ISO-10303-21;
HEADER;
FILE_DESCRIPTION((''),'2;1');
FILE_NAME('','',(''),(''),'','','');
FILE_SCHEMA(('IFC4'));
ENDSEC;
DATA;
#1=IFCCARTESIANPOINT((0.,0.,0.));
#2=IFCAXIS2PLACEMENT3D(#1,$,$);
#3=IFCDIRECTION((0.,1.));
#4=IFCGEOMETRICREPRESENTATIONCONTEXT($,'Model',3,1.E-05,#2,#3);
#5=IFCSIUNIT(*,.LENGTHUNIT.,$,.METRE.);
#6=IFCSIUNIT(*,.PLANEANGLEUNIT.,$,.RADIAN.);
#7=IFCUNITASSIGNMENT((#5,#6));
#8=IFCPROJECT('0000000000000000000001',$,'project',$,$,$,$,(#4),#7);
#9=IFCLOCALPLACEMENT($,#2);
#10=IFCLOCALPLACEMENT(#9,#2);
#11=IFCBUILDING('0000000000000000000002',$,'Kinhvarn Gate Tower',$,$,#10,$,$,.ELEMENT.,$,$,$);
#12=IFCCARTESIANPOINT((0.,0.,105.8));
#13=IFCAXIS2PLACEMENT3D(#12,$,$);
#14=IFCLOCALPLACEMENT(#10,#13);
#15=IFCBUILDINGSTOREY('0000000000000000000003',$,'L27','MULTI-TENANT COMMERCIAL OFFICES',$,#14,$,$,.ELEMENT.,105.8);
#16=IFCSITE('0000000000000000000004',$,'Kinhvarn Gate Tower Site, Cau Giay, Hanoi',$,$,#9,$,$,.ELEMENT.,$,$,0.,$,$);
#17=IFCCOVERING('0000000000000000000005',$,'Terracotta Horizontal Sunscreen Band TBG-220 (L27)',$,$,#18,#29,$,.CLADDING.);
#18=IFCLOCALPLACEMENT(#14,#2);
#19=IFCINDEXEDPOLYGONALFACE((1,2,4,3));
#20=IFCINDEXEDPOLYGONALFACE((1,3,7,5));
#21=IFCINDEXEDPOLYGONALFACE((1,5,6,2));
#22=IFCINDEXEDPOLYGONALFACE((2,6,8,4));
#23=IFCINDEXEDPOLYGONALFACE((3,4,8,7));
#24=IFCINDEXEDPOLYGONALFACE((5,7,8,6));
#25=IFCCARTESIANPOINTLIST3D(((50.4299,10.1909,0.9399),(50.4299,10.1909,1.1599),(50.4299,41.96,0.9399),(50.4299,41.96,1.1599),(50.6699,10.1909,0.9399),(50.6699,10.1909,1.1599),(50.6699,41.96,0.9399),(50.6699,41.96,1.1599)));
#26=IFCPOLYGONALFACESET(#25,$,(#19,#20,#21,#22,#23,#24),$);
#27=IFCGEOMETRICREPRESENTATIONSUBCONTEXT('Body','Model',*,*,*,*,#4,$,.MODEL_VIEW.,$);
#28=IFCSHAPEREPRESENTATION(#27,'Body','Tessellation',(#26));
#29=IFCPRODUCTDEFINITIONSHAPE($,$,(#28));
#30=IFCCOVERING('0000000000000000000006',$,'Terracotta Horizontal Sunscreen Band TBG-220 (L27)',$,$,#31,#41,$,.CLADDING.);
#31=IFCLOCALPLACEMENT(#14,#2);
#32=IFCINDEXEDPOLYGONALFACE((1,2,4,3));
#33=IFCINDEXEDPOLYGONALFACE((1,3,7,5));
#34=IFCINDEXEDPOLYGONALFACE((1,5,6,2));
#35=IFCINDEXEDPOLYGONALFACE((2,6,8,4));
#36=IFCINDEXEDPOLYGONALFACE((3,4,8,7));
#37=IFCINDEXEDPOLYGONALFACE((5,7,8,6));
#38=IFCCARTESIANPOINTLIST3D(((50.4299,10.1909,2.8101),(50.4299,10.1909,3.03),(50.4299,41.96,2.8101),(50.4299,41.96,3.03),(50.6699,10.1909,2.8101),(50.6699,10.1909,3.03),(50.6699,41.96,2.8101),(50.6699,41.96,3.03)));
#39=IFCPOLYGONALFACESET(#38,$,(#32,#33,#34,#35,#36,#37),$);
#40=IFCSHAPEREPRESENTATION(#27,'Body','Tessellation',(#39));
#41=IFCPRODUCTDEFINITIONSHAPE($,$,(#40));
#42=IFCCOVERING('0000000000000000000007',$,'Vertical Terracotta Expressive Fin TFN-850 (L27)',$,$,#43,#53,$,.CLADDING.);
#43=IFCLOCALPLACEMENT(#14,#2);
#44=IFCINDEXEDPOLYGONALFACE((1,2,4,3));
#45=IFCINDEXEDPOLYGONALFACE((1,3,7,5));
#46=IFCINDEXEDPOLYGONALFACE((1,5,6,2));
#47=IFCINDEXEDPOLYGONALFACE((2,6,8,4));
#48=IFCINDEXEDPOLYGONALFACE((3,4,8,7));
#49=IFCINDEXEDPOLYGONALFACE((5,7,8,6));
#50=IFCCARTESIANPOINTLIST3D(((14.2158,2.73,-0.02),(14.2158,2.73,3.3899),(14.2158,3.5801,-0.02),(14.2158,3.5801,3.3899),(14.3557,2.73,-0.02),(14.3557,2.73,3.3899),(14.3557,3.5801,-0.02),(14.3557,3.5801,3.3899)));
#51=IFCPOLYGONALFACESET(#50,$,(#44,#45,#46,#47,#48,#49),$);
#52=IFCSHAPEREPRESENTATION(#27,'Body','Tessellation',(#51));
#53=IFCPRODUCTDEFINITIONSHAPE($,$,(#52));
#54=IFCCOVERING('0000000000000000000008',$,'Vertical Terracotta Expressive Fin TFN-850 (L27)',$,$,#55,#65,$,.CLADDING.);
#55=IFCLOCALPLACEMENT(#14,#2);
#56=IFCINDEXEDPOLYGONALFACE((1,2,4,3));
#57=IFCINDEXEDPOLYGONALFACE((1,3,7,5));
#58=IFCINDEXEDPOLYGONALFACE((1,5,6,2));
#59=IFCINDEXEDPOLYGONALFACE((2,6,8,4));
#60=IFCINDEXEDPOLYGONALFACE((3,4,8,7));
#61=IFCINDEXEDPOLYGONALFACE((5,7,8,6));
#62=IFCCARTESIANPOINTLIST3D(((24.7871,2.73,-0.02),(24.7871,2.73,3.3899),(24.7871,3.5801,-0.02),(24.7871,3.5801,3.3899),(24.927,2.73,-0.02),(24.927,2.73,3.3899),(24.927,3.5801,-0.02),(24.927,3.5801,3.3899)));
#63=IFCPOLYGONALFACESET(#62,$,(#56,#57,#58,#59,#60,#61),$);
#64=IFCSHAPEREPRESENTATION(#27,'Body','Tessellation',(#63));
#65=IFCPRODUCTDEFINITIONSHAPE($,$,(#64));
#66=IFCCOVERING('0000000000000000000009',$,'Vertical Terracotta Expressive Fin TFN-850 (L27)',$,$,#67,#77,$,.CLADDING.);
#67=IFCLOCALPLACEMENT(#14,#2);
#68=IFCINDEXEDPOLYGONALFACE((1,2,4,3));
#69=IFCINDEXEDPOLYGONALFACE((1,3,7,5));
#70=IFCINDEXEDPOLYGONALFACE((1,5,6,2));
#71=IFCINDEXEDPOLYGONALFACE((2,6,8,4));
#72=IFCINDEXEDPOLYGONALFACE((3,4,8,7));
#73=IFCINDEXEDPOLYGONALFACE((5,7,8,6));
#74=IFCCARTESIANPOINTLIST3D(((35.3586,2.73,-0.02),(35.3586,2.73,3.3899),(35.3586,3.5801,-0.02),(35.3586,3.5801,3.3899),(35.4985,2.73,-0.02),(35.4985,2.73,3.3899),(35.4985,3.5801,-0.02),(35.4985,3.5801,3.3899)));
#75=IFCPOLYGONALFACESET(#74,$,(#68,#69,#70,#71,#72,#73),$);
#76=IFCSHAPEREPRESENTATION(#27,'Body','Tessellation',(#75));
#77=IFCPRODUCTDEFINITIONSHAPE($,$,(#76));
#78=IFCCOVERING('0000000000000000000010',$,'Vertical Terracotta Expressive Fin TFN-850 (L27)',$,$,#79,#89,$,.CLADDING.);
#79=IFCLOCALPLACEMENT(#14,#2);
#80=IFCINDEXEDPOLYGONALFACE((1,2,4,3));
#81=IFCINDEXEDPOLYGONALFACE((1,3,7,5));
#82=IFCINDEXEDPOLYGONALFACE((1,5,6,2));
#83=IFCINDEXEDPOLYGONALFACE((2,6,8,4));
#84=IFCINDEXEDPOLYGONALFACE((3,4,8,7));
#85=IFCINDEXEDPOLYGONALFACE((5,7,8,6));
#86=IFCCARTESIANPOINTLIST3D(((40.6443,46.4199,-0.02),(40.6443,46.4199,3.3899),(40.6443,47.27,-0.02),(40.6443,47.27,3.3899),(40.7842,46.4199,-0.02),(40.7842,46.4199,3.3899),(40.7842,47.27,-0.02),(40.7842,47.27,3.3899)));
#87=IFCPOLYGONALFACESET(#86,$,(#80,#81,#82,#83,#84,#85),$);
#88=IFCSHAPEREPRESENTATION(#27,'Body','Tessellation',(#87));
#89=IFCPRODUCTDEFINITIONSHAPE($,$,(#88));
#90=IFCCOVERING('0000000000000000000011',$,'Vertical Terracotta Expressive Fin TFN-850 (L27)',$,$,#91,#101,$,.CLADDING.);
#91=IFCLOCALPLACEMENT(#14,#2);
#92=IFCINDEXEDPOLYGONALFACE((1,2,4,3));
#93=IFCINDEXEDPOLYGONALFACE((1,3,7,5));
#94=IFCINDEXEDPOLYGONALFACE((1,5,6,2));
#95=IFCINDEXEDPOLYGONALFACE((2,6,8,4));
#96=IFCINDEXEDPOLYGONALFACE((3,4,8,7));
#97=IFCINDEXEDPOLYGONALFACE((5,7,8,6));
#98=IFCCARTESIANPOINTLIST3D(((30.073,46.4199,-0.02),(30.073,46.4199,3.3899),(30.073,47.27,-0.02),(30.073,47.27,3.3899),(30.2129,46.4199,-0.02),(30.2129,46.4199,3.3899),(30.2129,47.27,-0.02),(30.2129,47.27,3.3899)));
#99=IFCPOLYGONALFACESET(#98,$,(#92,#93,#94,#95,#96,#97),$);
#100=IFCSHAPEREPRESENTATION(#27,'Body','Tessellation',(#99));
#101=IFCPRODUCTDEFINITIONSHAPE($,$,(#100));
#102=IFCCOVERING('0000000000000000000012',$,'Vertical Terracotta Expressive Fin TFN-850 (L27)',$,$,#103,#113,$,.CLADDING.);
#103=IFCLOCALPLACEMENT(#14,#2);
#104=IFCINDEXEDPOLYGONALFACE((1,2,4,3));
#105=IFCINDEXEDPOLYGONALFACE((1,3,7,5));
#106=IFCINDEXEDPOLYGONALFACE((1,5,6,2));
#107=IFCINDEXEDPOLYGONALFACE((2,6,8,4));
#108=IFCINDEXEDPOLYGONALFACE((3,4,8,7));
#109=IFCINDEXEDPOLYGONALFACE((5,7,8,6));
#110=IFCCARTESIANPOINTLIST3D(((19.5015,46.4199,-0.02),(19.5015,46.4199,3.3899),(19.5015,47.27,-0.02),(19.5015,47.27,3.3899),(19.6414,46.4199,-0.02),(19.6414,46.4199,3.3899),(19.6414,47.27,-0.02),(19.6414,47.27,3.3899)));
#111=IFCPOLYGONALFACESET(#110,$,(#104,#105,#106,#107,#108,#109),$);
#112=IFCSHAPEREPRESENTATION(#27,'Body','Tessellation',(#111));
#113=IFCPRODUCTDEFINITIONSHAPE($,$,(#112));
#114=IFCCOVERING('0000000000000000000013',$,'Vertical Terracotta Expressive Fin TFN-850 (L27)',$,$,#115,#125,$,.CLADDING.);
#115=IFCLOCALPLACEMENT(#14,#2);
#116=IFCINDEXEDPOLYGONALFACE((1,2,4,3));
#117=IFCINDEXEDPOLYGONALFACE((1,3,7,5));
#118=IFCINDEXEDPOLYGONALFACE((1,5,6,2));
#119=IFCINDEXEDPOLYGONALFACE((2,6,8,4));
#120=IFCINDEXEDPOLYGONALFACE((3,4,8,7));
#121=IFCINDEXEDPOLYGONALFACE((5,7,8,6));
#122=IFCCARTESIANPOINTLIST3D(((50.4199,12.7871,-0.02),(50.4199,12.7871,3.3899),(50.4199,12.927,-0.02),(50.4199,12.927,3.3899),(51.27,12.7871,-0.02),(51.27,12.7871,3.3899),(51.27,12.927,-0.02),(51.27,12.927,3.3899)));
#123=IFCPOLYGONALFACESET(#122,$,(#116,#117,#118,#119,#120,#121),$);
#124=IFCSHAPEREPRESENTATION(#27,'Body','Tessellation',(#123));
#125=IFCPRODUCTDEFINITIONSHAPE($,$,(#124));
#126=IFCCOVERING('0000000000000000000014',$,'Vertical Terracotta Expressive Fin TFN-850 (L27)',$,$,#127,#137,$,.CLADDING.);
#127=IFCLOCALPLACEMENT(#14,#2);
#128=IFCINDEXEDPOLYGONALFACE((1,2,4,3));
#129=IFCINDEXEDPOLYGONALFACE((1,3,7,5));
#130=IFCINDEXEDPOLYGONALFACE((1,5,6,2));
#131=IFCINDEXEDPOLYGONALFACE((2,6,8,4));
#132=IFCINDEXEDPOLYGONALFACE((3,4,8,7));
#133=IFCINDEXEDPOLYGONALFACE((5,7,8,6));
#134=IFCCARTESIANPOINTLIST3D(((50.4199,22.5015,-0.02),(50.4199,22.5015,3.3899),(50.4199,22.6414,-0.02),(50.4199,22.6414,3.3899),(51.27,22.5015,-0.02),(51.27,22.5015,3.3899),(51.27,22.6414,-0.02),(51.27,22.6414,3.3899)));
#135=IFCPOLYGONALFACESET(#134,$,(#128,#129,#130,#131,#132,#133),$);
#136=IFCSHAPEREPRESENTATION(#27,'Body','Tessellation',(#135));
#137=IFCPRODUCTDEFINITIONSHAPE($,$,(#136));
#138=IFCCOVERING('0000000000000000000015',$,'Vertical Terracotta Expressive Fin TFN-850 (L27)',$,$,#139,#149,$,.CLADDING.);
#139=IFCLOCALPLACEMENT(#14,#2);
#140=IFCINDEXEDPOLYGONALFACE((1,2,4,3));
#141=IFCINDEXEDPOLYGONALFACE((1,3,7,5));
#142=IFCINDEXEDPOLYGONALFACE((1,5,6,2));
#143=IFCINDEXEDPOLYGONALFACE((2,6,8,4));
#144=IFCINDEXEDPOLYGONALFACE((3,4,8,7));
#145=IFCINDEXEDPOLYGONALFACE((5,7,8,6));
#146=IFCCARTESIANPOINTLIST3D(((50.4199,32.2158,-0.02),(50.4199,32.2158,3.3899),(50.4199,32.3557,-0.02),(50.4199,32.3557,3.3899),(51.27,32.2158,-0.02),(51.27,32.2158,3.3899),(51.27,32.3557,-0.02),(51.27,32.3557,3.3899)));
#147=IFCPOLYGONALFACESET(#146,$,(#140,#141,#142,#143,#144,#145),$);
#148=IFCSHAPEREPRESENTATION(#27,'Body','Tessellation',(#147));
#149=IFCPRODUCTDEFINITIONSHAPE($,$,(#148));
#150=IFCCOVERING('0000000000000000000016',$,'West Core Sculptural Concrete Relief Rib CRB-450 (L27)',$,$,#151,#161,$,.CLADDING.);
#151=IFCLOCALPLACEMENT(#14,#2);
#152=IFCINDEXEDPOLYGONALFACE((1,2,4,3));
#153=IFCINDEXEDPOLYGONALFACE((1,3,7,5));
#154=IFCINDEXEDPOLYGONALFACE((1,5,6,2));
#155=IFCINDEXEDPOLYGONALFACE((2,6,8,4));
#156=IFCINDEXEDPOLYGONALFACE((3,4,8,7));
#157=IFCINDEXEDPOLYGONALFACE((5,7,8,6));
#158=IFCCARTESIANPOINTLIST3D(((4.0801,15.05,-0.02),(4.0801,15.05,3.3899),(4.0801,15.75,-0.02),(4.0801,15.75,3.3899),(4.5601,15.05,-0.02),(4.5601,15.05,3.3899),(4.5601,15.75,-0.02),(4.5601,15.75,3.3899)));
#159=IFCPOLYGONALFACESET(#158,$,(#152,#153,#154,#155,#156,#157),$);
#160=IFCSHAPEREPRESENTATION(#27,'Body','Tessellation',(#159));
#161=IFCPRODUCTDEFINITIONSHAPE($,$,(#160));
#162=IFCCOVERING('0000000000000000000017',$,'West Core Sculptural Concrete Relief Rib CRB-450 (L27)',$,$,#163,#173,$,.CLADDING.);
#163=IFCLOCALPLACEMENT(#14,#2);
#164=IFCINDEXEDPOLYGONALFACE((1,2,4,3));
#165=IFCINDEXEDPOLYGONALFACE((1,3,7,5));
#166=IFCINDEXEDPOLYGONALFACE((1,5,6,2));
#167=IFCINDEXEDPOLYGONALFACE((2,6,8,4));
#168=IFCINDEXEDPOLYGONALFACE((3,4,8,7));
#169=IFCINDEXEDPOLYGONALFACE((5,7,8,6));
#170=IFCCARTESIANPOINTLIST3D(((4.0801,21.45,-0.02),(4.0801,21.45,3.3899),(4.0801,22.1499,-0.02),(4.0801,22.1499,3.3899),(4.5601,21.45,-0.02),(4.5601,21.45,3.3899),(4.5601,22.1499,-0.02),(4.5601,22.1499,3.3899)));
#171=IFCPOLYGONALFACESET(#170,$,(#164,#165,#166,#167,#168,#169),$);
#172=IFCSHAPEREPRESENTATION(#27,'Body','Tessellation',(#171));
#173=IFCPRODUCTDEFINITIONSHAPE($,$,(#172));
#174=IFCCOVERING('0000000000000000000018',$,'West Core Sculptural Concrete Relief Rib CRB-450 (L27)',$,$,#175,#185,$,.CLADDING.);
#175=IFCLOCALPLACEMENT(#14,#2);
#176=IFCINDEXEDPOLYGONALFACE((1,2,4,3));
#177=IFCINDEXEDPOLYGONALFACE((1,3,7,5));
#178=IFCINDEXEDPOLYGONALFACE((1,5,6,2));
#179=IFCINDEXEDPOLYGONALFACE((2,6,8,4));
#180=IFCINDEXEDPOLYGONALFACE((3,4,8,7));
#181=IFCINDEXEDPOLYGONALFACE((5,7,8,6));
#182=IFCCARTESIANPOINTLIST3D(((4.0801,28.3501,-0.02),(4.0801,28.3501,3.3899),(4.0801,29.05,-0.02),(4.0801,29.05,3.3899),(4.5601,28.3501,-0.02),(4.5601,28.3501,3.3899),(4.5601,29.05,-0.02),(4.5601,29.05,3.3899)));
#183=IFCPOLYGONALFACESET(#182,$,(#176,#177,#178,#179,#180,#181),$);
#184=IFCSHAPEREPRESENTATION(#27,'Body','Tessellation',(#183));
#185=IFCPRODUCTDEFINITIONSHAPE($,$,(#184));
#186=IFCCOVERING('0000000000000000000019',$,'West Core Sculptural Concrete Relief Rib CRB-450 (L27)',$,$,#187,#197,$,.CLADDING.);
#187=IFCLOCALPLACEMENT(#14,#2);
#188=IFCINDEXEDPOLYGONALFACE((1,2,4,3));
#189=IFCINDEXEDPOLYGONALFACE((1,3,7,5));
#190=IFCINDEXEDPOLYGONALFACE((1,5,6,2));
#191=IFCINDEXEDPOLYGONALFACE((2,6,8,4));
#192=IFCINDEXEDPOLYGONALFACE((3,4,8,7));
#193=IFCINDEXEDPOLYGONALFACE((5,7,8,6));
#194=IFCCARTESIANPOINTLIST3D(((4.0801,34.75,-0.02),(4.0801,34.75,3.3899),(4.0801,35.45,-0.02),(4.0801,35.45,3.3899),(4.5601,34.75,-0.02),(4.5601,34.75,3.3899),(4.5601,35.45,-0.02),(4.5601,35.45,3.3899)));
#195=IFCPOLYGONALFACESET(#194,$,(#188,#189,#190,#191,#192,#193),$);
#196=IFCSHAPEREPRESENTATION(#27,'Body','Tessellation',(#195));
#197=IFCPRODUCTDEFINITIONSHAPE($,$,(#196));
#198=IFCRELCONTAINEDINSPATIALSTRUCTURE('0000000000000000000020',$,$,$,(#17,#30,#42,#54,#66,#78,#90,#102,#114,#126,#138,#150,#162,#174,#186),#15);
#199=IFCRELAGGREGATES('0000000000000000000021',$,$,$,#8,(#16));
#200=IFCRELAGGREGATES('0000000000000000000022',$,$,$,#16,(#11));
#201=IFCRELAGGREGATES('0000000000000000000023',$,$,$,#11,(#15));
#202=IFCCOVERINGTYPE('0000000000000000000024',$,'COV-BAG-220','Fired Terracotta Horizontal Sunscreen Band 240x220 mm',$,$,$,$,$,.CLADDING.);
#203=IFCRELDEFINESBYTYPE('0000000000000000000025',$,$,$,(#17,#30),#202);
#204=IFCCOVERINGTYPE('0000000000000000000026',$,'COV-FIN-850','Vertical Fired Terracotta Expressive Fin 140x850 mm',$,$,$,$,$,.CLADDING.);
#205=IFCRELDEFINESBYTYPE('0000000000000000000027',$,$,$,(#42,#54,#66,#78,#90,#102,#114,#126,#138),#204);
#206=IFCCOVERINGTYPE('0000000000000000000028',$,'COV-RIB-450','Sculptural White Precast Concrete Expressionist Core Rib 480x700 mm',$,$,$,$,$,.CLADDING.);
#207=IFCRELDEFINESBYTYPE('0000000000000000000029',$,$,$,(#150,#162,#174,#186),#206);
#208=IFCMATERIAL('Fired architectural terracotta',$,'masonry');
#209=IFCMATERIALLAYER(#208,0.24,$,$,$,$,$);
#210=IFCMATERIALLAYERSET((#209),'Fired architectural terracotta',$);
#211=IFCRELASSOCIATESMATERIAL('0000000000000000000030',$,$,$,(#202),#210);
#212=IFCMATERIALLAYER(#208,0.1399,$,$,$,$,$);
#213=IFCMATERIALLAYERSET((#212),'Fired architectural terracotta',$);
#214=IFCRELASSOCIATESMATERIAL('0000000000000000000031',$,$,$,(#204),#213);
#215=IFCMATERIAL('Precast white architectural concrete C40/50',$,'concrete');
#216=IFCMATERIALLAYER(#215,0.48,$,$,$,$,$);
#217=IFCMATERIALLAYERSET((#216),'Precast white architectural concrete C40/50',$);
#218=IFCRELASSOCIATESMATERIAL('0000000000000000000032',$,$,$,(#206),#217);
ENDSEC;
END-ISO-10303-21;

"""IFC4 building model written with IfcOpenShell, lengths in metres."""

from ifc_helpers import new_model, si_unit, direction, frame, origin, place, context, subcontext, project, spatial, polyline, outline, extrude, material, layer, layer_set, type_object, element, save


model = new_model("IFC4")

# Units and contexts
model_context = context("Model", 3, precision=1e-05, world=origin(), true_north=direction((0.0, 1.0)))
body_context = subcontext(model_context, "Body", "Model", "MODEL_VIEW")
ifc_project = project(units=[si_unit("LENGTHUNIT", "METRE"), si_unit("PLANEANGLEUNIT", "RADIAN")], contexts=[model_context])

# Site, building, storey
site_placement = place(None, origin())
site = spatial("IfcSite", under=ifc_project, at=site_placement, Name="Kinhvarn Gate Tower Site, Cau Giay, Hanoi", CompositionType="ELEMENT", RefElevation=0.0)
building_placement = place(site_placement, origin())
building = spatial("IfcBuilding", under=site, at=building_placement, Name="Kinhvarn Gate Tower", CompositionType="ELEMENT")
storey_placement = place(building_placement, frame((0.0, 0.0, 105.8)))
storey = spatial("IfcBuildingStorey", under=building, at=storey_placement, Name="L27", Description="MULTI-TENANT COMMERCIAL OFFICES", CompositionType="ELEMENT", Elevation=105.8)

# Shared definitions
ifc_material_1 = material(Name="Precast white architectural concrete C40/50", Category="concrete")

# Coverings
ifc_material_2 = material(Name="Fired architectural terracotta", Category="masonry")
ifc_layer_1 = layer(ifc_material_2, 0.24)
ifc_layer_set_1 = layer_set([ifc_layer_1], Name="Fired architectural terracotta")
covering_type_1 = type_object("IfcCoveringType", Name="COV-BAG-220", Description="Fired Terracotta Horizontal Sunscreen Band 240x220 mm", PredefinedType="CLADDING", material=ifc_layer_set_1)
for number, where, name in (
    (1, (0.0, 0.0, 0.9399), "Terracotta Horizontal Sunscreen Band TBG-220 (L27)"),
    (2, (0.0, 0.0, 2.8101), "Terracotta Horizontal Sunscreen Band TBG-220 (L27)"),
):
    element("IfcCovering", number, at=place(storey_placement, frame(where)), inside=storey, type_object=covering_type_1, Name=name, PredefinedType="CLADDING", context=body_context, shape_type="SweptSolid", body=[
        extrude(outline(polyline([(50.4299, 10.1909), (50.4299, 41.96), (50.6699, 41.96), (50.6699, 10.1909), (50.4299, 10.1909)])), origin(), (0.0, 0.0, 1.0), 0.22),
    ])
ifc_layer_2 = layer(ifc_material_2, 0.1399)
ifc_layer_set_2 = layer_set([ifc_layer_2], Name="Fired architectural terracotta")
covering_type_2 = type_object("IfcCoveringType", Name="COV-FIN-850", Description="Vertical Fired Terracotta Expressive Fin 140x850 mm", PredefinedType="CLADDING", material=ifc_layer_set_2)
covering_1_placement = place(storey_placement, frame((0.0, 0.0, -0.02)))
element("IfcCovering", 3, at=covering_1_placement, inside=storey, type_object=covering_type_2, Name="Vertical Terracotta Expressive Fin TFN-850 (L27)", PredefinedType="CLADDING", context=body_context, shape_type="SweptSolid", body=[
    extrude(outline(polyline([(14.2158, 3.5801), (14.3557, 3.5801), (14.3557, 2.73), (14.2158, 2.73), (14.2158, 3.5801)])), origin(), (0.0, 0.0, 1.0), 3.4099),
])
covering_2_placement = place(storey_placement, frame((0.0, 0.0, -0.02)))
element("IfcCovering", 4, at=covering_2_placement, inside=storey, type_object=covering_type_2, Name="Vertical Terracotta Expressive Fin TFN-850 (L27)", PredefinedType="CLADDING", context=body_context, shape_type="SweptSolid", body=[
    extrude(outline(polyline([(24.7871, 3.5801), (24.927, 3.5801), (24.927, 2.73), (24.7871, 2.73), (24.7871, 3.5801)])), origin(), (0.0, 0.0, 1.0), 3.4099),
])
covering_3_placement = place(storey_placement, frame((0.0, 0.0, -0.02)))
element("IfcCovering", 5, at=covering_3_placement, inside=storey, type_object=covering_type_2, Name="Vertical Terracotta Expressive Fin TFN-850 (L27)", PredefinedType="CLADDING", context=body_context, shape_type="SweptSolid", body=[
    extrude(outline(polyline([(35.3586, 3.5801), (35.4985, 3.5801), (35.4985, 2.73), (35.3586, 2.73), (35.3586, 3.5801)])), origin(), (0.0, 0.0, 1.0), 3.4099),
])
covering_4_placement = place(storey_placement, frame((0.0, 0.0, -0.02)))
element("IfcCovering", 6, at=covering_4_placement, inside=storey, type_object=covering_type_2, Name="Vertical Terracotta Expressive Fin TFN-850 (L27)", PredefinedType="CLADDING", context=body_context, shape_type="SweptSolid", body=[
    extrude(outline(polyline([(40.7842, 46.4199), (40.6443, 46.4199), (40.6443, 47.27), (40.7842, 47.27), (40.7842, 46.4199)])), origin(), (0.0, 0.0, 1.0), 3.4099),
])
covering_5_placement = place(storey_placement, frame((0.0, 0.0, -0.02)))
element("IfcCovering", 7, at=covering_5_placement, inside=storey, type_object=covering_type_2, Name="Vertical Terracotta Expressive Fin TFN-850 (L27)", PredefinedType="CLADDING", context=body_context, shape_type="SweptSolid", body=[
    extrude(outline(polyline([(30.2129, 46.4199), (30.073, 46.4199), (30.073, 47.27), (30.2129, 47.27), (30.2129, 46.4199)])), origin(), (0.0, 0.0, 1.0), 3.4099),
])
covering_6_placement = place(storey_placement, frame((0.0, 0.0, -0.02)))
element("IfcCovering", 8, at=covering_6_placement, inside=storey, type_object=covering_type_2, Name="Vertical Terracotta Expressive Fin TFN-850 (L27)", PredefinedType="CLADDING", context=body_context, shape_type="SweptSolid", body=[
    extrude(outline(polyline([(19.6414, 46.4199), (19.5015, 46.4199), (19.5015, 47.27), (19.6414, 47.27), (19.6414, 46.4199)])), origin(), (0.0, 0.0, 1.0), 3.4099),
])
covering_7_placement = place(storey_placement, frame((0.0, 0.0, -0.02)))
element("IfcCovering", 9, at=covering_7_placement, inside=storey, type_object=covering_type_2, Name="Vertical Terracotta Expressive Fin TFN-850 (L27)", PredefinedType="CLADDING", context=body_context, shape_type="SweptSolid", body=[
    extrude(outline(polyline([(50.4199, 12.7871), (50.4199, 12.927), (51.27, 12.927), (51.27, 12.7871), (50.4199, 12.7871)])), origin(), (0.0, 0.0, 1.0), 3.4099),
])
covering_8_placement = place(storey_placement, frame((0.0, 0.0, -0.02)))
element("IfcCovering", 10, at=covering_8_placement, inside=storey, type_object=covering_type_2, Name="Vertical Terracotta Expressive Fin TFN-850 (L27)", PredefinedType="CLADDING", context=body_context, shape_type="SweptSolid", body=[
    extrude(outline(polyline([(50.4199, 22.5015), (50.4199, 22.6414), (51.27, 22.6414), (51.27, 22.5015), (50.4199, 22.5015)])), origin(), (0.0, 0.0, 1.0), 3.4099),
])
covering_9_placement = place(storey_placement, frame((0.0, 0.0, -0.02)))
element("IfcCovering", 11, at=covering_9_placement, inside=storey, type_object=covering_type_2, Name="Vertical Terracotta Expressive Fin TFN-850 (L27)", PredefinedType="CLADDING", context=body_context, shape_type="SweptSolid", body=[
    extrude(outline(polyline([(50.4199, 32.2158), (50.4199, 32.3557), (51.27, 32.3557), (51.27, 32.2158), (50.4199, 32.2158)])), origin(), (0.0, 0.0, 1.0), 3.4099),
])
ifc_layer_3 = layer(ifc_material_1, 0.48)
ifc_layer_set_3 = layer_set([ifc_layer_3], Name="Precast white architectural concrete C40/50")
covering_type_3 = type_object("IfcCoveringType", Name="COV-RIB-450", Description="Sculptural White Precast Concrete Expressionist Core Rib 480x700 mm", PredefinedType="CLADDING", material=ifc_layer_set_3)
covering_10_placement = place(storey_placement, frame((0.0, 0.0, -0.02)))
element("IfcCovering", 12, at=covering_10_placement, inside=storey, type_object=covering_type_3, Name="West Core Sculptural Concrete Relief Rib CRB-450 (L27)", PredefinedType="CLADDING", context=body_context, shape_type="SweptSolid", body=[
    extrude(outline(polyline([(4.0801, 15.05), (4.5601, 15.05), (4.5601, 15.75), (4.0801, 15.75), (4.0801, 15.05)])), origin(), (0.0, 0.0, 1.0), 3.4099),
])
covering_11_placement = place(storey_placement, frame((0.0, 0.0, -0.02)))
element("IfcCovering", 13, at=covering_11_placement, inside=storey, type_object=covering_type_3, Name="West Core Sculptural Concrete Relief Rib CRB-450 (L27)", PredefinedType="CLADDING", context=body_context, shape_type="SweptSolid", body=[
    extrude(outline(polyline([(4.0801, 21.45), (4.5601, 21.45), (4.5601, 22.1499), (4.0801, 22.1499), (4.0801, 21.45)])), origin(), (0.0, 0.0, 1.0), 3.4099),
])
covering_12_placement = place(storey_placement, frame((0.0, 0.0, -0.02)))
element("IfcCovering", 14, at=covering_12_placement, inside=storey, type_object=covering_type_3, Name="West Core Sculptural Concrete Relief Rib CRB-450 (L27)", PredefinedType="CLADDING", context=body_context, shape_type="SweptSolid", body=[
    extrude(outline(polyline([(4.0801, 28.3501), (4.5601, 28.3501), (4.5601, 29.05), (4.0801, 29.05), (4.0801, 28.3501)])), origin(), (0.0, 0.0, 1.0), 3.4099),
])
covering_13_placement = place(storey_placement, frame((0.0, 0.0, -0.02)))
element("IfcCovering", 15, at=covering_13_placement, inside=storey, type_object=covering_type_3, Name="West Core Sculptural Concrete Relief Rib CRB-450 (L27)", PredefinedType="CLADDING", context=body_context, shape_type="SweptSolid", body=[
    extrude(outline(polyline([(4.0801, 34.75), (4.5601, 34.75), (4.5601, 35.45), (4.0801, 35.45), (4.0801, 34.75)])), origin(), (0.0, 0.0, 1.0), 3.4099),
])

save(model, "model.ifc")
